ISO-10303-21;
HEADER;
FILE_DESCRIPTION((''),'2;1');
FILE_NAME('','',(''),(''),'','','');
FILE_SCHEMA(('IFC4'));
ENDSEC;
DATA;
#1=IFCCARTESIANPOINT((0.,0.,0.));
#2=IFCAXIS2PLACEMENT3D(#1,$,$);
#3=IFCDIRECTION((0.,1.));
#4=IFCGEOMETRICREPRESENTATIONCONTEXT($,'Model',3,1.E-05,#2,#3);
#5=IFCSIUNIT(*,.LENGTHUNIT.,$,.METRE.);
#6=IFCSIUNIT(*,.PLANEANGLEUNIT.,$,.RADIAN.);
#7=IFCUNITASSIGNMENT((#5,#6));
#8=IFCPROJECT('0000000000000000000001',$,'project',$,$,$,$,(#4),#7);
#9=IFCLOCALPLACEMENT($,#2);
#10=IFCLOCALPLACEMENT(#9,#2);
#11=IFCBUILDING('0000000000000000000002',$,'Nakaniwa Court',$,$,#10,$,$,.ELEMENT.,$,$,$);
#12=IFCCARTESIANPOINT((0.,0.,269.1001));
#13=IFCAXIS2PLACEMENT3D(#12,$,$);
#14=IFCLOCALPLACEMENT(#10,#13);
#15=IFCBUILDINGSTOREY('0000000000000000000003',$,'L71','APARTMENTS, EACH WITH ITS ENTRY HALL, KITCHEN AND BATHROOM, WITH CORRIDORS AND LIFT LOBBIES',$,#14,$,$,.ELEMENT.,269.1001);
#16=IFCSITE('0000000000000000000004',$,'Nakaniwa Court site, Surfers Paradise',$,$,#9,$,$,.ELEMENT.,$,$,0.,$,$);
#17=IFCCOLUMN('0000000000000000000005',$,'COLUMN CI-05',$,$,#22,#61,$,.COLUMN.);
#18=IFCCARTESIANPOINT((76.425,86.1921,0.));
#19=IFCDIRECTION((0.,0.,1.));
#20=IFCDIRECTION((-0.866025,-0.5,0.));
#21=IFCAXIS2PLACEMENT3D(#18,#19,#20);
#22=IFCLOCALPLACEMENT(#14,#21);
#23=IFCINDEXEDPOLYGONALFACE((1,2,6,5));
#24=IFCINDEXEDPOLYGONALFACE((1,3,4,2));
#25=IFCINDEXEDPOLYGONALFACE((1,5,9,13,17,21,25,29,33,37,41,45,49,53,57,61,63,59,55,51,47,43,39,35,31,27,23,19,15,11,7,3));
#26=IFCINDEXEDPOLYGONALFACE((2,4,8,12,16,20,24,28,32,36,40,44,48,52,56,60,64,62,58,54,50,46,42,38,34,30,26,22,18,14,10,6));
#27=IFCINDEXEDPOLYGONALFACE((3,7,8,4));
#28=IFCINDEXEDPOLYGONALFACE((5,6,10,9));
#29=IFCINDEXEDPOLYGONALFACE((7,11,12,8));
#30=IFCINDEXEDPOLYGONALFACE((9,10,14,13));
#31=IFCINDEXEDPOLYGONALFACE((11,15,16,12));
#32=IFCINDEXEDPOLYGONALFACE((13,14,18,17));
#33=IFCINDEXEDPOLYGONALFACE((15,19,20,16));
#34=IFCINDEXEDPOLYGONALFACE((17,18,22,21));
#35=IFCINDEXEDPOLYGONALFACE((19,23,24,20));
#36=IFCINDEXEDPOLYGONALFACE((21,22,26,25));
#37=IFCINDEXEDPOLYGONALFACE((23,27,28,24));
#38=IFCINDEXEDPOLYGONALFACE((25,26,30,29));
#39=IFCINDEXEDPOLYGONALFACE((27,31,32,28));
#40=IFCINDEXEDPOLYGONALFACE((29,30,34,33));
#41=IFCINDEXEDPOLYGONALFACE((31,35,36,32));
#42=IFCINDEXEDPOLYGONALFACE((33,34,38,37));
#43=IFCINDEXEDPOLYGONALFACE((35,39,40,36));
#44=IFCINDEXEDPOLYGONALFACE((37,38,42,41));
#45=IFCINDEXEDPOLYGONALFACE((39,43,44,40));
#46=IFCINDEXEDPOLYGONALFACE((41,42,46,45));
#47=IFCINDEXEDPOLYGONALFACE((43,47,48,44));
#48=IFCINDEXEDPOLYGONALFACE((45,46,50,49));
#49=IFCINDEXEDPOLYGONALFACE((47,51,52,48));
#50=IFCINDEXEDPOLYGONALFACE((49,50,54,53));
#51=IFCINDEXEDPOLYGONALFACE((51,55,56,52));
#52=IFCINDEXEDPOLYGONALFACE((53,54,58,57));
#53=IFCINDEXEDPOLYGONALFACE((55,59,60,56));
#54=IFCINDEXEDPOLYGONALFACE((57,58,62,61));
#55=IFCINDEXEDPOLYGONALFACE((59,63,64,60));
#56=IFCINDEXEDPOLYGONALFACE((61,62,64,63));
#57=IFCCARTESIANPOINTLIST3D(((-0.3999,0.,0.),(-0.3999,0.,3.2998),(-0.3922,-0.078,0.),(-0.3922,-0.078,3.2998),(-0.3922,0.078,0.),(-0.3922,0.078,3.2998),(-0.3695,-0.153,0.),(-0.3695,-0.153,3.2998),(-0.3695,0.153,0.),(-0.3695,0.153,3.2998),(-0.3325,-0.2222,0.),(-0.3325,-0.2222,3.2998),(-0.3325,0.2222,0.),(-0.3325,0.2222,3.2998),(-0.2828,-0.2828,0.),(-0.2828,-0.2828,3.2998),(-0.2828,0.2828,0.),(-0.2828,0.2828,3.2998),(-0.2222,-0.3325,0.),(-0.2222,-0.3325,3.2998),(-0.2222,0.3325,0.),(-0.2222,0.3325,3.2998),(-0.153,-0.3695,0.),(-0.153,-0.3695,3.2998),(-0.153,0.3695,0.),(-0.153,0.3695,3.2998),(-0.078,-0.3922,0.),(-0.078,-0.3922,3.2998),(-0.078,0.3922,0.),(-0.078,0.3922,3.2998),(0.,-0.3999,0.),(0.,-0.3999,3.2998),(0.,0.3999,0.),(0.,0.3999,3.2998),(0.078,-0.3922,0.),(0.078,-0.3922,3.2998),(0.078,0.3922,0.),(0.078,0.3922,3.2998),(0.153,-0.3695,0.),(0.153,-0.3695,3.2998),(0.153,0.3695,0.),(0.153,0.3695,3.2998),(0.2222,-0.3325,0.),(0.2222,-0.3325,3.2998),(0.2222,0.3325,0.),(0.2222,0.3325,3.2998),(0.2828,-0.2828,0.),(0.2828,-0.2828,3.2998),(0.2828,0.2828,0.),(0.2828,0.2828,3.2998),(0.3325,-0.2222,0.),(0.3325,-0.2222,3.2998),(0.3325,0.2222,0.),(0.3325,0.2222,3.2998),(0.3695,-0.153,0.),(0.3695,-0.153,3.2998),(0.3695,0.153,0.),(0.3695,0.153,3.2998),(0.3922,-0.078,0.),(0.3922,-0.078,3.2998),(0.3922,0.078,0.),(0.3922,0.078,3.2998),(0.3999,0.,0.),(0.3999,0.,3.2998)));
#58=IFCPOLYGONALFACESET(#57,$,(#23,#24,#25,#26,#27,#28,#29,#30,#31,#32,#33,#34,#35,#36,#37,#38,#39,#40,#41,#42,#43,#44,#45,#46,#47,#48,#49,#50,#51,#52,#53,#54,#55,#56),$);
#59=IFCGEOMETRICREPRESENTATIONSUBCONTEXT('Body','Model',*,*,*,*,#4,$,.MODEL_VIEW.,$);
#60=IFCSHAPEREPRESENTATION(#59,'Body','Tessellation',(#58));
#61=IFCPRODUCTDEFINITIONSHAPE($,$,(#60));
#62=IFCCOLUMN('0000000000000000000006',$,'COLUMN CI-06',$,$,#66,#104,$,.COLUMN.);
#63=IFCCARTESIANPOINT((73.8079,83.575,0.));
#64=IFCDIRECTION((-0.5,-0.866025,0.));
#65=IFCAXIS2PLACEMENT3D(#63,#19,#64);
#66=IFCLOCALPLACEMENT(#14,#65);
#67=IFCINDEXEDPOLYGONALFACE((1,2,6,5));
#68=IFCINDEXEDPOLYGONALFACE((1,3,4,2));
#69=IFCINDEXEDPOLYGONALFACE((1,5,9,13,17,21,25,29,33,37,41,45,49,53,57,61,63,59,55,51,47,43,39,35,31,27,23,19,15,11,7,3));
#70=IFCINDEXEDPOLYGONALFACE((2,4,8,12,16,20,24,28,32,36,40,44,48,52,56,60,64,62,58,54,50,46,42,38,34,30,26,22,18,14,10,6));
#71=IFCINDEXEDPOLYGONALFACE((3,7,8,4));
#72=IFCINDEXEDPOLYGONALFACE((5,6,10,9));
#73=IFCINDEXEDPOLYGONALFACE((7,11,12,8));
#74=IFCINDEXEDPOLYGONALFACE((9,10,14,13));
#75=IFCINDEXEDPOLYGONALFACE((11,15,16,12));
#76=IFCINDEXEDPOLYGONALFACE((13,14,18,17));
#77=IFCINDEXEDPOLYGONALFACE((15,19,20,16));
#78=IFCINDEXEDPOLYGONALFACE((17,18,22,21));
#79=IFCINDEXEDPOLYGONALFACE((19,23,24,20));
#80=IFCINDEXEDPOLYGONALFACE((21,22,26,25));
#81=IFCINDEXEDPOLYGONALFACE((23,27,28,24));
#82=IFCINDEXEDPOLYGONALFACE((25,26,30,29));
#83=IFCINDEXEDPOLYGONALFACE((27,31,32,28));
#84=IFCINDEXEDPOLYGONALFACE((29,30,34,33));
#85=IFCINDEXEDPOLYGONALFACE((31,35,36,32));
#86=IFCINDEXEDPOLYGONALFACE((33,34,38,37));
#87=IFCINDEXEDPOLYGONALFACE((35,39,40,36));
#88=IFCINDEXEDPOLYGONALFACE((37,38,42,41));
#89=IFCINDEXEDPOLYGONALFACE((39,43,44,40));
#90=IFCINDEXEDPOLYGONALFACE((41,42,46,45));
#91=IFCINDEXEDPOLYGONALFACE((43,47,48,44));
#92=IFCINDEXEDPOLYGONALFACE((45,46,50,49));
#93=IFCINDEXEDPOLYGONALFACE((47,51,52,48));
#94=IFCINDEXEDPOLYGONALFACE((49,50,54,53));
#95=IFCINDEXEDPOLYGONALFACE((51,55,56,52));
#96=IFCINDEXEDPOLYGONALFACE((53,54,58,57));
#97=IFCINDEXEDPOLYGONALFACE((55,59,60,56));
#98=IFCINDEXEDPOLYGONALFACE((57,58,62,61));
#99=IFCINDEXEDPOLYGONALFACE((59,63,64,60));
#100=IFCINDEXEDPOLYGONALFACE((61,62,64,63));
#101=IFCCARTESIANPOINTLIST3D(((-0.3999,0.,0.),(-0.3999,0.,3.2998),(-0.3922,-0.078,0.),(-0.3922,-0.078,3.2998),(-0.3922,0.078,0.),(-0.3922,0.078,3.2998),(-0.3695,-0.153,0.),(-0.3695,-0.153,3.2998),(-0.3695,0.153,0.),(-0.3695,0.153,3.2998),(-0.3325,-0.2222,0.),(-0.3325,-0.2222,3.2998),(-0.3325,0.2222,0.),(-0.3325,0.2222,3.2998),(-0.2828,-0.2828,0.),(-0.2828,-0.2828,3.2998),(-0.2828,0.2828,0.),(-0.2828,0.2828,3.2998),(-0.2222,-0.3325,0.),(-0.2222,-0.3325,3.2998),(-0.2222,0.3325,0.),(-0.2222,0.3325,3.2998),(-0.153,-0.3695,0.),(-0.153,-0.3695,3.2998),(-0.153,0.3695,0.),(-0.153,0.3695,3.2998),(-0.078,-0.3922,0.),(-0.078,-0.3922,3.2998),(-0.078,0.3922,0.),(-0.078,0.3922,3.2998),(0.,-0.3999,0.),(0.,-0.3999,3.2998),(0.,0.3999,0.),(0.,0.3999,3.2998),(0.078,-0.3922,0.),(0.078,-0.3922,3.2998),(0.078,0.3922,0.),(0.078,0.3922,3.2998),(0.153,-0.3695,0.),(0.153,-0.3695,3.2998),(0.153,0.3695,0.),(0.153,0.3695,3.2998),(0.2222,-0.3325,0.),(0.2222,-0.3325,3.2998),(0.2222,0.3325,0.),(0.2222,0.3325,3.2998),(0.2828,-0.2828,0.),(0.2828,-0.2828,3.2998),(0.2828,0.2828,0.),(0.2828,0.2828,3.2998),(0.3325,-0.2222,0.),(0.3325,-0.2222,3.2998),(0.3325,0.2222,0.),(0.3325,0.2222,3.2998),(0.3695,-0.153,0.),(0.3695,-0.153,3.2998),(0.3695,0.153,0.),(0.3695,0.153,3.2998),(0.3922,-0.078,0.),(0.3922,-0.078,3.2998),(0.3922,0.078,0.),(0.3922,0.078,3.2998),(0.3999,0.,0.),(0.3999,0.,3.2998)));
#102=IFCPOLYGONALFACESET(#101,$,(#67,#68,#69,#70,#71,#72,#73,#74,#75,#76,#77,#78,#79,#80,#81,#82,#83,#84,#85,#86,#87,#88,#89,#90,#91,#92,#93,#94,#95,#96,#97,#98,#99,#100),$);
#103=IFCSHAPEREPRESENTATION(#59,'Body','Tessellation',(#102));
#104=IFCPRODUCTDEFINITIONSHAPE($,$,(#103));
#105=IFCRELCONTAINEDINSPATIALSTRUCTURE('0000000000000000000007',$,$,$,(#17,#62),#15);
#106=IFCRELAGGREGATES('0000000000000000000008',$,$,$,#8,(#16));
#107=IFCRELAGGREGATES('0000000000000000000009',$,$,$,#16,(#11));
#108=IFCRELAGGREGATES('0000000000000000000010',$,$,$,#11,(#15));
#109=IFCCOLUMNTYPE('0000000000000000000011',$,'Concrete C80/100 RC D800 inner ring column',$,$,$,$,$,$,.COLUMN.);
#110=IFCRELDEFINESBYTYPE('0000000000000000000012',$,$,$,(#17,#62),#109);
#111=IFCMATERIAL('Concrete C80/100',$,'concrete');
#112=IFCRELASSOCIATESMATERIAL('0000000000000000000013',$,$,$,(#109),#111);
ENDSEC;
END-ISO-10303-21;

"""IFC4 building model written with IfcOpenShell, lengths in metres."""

from ifc_helpers import new_model, si_unit, direction, frame, origin, origin_2d, place, context, subcontext, project, spatial, circle, extrude, material, material_profile, profile_set, type_object, element, save


model = new_model("IFC4")

# Units and contexts
model_context = context("Model", 3, precision=1e-05, world=origin(), true_north=direction((0.0, 1.0)))
body_context = subcontext(model_context, "Body", "Model", "MODEL_VIEW")
ifc_project = project(units=[si_unit("LENGTHUNIT", "METRE"), si_unit("PLANEANGLEUNIT", "RADIAN")], contexts=[model_context])

# Site, building, storey
site_placement = place(None, origin())
site = spatial("IfcSite", under=ifc_project, at=site_placement, Name="Nakaniwa Court site, Surfers Paradise", CompositionType="ELEMENT", RefElevation=0.0)
building_placement = place(site_placement, origin())
building = spatial("IfcBuilding", under=site, at=building_placement, Name="Nakaniwa Court", CompositionType="ELEMENT")
storey_placement = place(building_placement, frame((0.0, 0.0, 269.1001)))
storey = spatial("IfcBuildingStorey", under=building, at=storey_placement, Name="L71", Description="APARTMENTS, EACH WITH ITS ENTRY HALL, KITCHEN AND BATHROOM, WITH CORRIDORS AND LIFT LOBBIES", CompositionType="ELEMENT", Elevation=269.1001)

# Columns
ifc_material_1 = material(Name="Concrete C80/100", Category="concrete")
ifc_material_profile_1 = material_profile(ifc_material_1, circle(Radius=0.3999, at=origin_2d()), Name="Concrete C80/100 RC D800 inner ring column")
ifc_profile_set_1 = profile_set([ifc_material_profile_1], Name="Concrete C80/100")
column_type_1 = type_object("IfcColumnType", Name="Concrete C80/100 RC D800 inner ring column", PredefinedType="COLUMN", material=ifc_profile_set_1)
for number, where, z_axis, x_axis, name in (
    (1, (76.425, 86.1921, 0.0), (0.0, 0.0, 1.0), (-0.866025, -0.5, 0.0), "COLUMN CI-05"),
    (2, (73.8079, 83.575, 0.0), (0.0, 0.0, 1.0), (-0.5, -0.866025, 0.0), "COLUMN CI-06"),
):
    element("IfcColumn", number, at=place(storey_placement, frame(where, z_axis=z_axis, x_axis=x_axis)), inside=storey, type_object=column_type_1, Name=name, PredefinedType="COLUMN", context=body_context, shape_type="SweptSolid", body=[
        extrude(circle(Radius=0.3999, at=origin_2d()), origin(), (0.0, 0.0, 1.0), 3.2998),
    ])

save(model, "model.ifc")
